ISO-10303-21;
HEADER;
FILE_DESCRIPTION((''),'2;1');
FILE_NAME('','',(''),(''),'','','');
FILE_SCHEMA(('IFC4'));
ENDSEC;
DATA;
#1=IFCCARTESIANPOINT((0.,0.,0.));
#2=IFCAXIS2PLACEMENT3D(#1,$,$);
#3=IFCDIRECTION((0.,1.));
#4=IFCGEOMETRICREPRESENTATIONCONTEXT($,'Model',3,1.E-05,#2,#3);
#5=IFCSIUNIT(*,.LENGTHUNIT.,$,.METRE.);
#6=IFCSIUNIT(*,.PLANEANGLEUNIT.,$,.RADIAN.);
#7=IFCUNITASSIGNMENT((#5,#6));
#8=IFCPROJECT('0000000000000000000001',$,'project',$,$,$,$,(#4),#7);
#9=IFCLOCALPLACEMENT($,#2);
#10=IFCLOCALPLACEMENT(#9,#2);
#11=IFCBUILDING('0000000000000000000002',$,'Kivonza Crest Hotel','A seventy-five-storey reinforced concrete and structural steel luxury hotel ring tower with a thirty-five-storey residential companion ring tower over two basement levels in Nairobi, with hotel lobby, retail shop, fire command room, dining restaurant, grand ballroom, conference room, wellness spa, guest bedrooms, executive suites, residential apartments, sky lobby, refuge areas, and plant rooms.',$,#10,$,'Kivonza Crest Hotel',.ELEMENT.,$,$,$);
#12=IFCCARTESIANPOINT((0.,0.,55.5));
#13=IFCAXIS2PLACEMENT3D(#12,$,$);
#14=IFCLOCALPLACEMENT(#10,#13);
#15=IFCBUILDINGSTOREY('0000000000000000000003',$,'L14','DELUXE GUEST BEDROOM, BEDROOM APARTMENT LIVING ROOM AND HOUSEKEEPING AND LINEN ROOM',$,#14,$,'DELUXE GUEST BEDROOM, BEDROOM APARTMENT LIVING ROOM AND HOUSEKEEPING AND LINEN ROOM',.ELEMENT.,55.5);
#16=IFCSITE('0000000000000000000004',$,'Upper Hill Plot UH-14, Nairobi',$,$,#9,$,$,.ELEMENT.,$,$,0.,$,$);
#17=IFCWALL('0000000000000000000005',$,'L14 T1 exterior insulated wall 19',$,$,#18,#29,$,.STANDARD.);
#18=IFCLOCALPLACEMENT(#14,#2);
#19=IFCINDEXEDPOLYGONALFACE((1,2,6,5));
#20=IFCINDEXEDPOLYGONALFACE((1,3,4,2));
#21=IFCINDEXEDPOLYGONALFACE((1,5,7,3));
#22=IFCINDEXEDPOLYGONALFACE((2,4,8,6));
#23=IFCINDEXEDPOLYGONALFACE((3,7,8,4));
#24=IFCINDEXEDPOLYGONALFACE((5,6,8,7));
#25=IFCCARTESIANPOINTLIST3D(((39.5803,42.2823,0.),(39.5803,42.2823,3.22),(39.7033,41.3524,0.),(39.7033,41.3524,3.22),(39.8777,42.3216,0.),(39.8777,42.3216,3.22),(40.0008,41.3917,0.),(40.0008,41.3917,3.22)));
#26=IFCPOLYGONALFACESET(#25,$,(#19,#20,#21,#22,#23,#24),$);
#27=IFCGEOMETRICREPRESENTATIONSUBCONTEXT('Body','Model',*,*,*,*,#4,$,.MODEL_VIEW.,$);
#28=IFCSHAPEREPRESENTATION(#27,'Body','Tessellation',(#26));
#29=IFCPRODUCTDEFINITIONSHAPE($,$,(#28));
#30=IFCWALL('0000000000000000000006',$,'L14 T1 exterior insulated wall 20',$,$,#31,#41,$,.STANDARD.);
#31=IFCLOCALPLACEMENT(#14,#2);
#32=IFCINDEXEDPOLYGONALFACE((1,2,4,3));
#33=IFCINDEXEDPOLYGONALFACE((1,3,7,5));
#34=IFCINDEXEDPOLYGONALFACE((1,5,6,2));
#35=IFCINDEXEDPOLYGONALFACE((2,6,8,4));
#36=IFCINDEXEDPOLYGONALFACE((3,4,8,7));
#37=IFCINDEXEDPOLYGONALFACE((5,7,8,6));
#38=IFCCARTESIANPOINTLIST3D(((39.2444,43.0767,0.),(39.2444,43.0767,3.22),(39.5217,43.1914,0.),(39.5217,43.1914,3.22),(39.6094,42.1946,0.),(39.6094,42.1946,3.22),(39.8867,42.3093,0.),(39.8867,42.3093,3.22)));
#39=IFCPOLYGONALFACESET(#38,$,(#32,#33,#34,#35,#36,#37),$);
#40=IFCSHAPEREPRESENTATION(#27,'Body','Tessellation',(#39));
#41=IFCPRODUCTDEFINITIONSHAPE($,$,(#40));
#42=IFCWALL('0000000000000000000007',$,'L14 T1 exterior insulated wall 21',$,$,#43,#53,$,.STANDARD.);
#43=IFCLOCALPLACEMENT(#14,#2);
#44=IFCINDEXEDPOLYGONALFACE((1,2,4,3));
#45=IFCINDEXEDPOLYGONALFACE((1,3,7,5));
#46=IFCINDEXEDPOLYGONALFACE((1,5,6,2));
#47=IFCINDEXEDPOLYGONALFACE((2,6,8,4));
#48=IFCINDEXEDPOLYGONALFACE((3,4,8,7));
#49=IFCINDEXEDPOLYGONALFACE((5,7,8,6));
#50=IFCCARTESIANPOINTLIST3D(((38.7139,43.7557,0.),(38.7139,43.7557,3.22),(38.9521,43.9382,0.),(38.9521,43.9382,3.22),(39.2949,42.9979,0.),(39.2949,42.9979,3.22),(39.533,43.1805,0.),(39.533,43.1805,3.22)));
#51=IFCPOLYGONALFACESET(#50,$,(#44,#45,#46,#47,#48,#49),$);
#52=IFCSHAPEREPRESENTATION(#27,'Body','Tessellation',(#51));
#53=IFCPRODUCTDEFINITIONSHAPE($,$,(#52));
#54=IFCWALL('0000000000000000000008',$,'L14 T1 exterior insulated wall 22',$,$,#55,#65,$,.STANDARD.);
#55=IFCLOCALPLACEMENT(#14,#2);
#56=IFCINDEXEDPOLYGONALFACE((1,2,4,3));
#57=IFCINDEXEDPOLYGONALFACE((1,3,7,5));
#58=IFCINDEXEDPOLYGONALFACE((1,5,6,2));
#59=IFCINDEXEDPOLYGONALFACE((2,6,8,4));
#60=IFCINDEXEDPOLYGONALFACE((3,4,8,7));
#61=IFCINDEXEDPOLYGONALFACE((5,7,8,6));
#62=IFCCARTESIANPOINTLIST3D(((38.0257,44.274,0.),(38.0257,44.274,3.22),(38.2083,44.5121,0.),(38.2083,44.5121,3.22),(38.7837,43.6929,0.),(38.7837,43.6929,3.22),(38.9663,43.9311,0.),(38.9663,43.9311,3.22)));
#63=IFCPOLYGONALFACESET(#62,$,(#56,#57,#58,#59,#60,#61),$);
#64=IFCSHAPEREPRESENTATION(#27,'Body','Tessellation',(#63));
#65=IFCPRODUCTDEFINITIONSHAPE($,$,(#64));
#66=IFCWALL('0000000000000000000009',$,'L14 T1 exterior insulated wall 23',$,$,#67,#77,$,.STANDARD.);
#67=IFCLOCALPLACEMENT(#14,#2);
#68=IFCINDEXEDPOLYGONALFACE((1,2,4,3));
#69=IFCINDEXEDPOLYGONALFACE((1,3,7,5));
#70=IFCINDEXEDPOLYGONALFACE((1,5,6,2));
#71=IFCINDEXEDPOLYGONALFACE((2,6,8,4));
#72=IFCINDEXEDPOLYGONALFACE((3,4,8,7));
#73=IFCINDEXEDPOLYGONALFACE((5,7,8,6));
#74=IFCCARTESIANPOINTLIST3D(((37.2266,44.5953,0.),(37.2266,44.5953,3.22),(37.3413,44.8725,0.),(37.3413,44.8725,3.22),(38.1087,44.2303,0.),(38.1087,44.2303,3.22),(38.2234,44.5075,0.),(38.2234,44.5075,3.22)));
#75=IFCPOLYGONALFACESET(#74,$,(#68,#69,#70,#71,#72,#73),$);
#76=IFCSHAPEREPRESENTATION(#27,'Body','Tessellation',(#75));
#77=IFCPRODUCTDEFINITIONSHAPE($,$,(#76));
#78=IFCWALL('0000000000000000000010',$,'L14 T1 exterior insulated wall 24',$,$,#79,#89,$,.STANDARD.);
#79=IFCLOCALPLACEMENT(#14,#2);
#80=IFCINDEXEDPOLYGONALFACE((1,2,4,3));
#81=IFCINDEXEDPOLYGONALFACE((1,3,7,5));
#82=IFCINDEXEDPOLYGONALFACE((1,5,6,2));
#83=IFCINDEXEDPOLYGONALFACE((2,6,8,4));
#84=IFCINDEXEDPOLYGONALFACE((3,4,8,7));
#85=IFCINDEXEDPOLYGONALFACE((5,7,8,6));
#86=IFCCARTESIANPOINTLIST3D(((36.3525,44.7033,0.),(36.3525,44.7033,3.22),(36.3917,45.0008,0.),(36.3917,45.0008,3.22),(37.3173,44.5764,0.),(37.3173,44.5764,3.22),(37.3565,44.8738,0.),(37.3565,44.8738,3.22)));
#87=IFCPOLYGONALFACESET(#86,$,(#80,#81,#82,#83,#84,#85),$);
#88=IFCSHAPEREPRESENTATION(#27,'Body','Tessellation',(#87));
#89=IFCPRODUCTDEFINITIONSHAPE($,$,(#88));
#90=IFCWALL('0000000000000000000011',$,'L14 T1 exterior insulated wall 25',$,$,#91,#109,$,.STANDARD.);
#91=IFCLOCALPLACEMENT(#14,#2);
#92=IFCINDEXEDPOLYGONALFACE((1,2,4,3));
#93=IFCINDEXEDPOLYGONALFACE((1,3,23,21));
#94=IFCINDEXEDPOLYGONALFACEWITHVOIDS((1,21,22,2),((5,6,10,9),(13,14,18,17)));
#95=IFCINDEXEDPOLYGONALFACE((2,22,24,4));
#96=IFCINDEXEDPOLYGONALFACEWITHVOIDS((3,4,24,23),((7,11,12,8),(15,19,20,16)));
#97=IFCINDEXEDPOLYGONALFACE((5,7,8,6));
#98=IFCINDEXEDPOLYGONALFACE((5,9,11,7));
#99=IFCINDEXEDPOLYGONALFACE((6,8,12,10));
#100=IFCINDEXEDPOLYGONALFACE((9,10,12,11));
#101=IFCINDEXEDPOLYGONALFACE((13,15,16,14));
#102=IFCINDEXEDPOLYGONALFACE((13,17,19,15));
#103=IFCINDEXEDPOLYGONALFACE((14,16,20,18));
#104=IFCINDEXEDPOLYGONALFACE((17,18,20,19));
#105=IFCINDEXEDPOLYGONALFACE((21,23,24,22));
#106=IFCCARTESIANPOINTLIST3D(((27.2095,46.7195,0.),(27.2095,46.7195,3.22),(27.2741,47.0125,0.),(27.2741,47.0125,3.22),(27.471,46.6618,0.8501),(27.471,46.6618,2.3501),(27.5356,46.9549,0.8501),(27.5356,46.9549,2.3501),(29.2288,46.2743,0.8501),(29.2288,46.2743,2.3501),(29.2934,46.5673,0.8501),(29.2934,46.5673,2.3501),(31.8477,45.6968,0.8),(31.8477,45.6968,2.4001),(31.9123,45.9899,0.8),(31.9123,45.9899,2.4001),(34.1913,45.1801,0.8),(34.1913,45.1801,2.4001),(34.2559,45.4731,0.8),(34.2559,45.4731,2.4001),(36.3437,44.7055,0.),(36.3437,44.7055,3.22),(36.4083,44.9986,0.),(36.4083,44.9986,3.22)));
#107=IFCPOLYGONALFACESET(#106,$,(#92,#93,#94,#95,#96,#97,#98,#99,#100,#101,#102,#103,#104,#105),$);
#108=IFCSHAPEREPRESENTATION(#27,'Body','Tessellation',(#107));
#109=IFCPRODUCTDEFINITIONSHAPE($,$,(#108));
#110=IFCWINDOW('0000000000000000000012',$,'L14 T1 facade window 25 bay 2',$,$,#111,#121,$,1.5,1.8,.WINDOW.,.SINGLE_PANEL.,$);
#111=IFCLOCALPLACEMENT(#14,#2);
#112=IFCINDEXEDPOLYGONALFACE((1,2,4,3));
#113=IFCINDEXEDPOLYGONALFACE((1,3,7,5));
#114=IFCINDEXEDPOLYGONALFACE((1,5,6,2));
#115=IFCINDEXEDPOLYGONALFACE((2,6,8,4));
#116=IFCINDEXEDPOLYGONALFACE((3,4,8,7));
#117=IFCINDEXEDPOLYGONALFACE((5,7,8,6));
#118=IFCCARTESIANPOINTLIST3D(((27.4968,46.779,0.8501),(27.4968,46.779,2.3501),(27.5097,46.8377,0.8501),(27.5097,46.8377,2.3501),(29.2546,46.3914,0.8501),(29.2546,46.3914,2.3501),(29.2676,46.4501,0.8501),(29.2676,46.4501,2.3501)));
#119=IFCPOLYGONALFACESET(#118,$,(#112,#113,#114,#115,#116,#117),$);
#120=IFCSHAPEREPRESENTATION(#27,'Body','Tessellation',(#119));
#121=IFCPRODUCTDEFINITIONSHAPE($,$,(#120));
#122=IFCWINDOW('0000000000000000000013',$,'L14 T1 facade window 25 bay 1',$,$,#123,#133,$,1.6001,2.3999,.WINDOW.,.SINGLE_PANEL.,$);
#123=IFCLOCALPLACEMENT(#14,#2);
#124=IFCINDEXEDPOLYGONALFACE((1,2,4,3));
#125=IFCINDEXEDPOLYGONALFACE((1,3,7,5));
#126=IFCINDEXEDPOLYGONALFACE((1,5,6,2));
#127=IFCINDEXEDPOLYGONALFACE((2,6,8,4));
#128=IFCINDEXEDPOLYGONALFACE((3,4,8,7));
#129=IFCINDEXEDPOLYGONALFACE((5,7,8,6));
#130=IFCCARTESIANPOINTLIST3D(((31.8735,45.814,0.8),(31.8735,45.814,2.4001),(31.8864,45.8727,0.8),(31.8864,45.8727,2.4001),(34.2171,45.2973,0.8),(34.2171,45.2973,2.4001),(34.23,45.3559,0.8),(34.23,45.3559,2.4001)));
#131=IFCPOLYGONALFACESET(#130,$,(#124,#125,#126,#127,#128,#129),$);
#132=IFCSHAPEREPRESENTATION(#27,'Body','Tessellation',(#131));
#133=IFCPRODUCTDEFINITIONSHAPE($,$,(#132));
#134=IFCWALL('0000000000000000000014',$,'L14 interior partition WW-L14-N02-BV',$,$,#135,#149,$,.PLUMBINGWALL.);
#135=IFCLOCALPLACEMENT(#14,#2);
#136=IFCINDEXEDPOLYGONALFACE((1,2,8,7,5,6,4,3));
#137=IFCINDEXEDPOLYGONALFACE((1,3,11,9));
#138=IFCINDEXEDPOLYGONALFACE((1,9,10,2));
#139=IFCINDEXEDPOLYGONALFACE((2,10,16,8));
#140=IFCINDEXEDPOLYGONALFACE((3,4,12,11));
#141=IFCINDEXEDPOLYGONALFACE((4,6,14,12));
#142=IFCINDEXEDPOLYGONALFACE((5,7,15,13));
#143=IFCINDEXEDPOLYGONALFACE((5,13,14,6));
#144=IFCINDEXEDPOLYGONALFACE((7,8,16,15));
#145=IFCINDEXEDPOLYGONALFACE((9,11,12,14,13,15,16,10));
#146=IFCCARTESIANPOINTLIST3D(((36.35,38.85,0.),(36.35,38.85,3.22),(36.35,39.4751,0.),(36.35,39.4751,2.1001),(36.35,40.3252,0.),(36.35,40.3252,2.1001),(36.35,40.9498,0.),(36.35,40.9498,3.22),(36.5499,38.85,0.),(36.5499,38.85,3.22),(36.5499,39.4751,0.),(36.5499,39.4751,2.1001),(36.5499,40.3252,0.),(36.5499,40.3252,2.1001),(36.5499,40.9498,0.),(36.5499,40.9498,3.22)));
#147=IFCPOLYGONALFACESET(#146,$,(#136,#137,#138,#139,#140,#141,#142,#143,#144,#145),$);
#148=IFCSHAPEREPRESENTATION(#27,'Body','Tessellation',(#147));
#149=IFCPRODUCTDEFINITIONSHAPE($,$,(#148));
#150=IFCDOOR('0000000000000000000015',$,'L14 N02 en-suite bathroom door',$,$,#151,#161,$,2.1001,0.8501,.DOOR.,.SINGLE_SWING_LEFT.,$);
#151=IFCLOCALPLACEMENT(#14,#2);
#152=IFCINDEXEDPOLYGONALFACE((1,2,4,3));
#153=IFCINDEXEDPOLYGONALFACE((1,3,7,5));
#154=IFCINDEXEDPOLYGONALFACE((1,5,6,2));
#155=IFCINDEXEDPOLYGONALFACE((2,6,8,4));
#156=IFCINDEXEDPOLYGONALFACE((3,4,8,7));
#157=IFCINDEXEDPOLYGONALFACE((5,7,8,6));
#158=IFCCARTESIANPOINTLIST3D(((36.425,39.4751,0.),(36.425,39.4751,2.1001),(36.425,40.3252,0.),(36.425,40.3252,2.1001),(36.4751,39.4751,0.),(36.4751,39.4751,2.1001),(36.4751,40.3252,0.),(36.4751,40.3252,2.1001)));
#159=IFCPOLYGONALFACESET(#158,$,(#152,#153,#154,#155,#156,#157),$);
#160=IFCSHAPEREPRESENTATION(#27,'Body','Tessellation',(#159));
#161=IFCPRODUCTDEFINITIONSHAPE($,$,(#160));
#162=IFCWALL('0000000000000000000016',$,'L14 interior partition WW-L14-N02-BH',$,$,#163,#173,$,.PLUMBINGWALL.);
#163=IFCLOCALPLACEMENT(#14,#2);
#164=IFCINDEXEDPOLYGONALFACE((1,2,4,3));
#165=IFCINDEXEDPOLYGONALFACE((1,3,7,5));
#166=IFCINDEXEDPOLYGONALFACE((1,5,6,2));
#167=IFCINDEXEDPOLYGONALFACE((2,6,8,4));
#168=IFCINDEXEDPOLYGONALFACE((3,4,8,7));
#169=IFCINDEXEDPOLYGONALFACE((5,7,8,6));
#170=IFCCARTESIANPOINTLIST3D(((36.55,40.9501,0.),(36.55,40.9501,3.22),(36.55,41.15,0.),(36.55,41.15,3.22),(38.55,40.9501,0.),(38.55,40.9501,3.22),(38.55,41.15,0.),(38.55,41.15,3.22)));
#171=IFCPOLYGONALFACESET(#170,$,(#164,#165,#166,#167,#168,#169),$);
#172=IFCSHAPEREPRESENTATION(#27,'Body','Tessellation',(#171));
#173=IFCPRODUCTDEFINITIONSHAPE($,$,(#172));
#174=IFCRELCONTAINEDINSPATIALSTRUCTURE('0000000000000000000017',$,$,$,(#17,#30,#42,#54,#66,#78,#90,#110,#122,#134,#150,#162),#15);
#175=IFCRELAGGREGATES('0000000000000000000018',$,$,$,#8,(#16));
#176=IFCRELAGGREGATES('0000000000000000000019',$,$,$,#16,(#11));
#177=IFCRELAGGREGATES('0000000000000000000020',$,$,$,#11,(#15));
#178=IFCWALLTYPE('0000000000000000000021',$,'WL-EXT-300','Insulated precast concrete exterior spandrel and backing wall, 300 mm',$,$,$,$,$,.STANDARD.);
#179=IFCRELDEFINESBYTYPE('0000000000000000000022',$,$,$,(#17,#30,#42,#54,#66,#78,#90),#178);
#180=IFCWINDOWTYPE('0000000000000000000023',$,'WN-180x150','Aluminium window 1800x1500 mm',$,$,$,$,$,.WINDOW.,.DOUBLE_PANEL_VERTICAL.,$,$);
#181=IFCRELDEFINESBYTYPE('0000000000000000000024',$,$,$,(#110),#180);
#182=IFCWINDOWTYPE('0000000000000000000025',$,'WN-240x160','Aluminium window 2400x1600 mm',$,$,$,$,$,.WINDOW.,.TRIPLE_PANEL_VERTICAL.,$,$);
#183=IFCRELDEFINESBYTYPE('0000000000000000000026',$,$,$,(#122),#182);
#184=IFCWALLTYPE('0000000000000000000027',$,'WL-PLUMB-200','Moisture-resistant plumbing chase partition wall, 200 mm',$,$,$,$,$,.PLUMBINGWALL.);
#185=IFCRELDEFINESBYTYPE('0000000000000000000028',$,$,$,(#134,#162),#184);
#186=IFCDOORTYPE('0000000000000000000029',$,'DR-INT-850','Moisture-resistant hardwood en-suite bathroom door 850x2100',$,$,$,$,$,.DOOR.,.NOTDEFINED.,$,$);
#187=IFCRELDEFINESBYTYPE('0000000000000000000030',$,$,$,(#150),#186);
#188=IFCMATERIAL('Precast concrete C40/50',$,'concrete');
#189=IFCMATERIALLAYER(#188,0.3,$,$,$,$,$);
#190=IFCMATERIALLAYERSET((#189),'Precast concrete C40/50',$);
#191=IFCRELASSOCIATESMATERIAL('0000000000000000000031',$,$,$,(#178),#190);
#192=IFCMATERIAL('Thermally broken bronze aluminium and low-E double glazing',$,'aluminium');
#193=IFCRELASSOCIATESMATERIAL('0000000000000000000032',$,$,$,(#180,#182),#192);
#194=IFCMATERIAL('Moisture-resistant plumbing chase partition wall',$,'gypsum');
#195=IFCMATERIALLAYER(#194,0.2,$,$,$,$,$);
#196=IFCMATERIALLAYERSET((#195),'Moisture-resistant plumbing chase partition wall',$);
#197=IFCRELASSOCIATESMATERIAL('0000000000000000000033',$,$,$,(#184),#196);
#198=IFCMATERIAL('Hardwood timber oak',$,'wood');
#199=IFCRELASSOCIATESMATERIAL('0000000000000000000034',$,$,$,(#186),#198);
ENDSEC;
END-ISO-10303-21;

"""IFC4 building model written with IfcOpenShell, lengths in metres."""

from ifc_helpers import new_model, si_unit, direction, frame, frame_2d, origin, place, context, subcontext, project, spatial, rectangle, extrude, material, layer, layer_set, type_object, element, fill, save


model = new_model("IFC4")

# Units and contexts
model_context = context("Model", 3, precision=1e-05, world=origin(), true_north=direction((0.0, 1.0)))
body_context = subcontext(model_context, "Body", "Model", "MODEL_VIEW")
ifc_project = project(units=[si_unit("LENGTHUNIT", "METRE"), si_unit("PLANEANGLEUNIT", "RADIAN")], contexts=[model_context])

# Site, building, storey
site_placement = place(None, origin())
site = spatial("IfcSite", under=ifc_project, at=site_placement, Name="Upper Hill Plot UH-14, Nairobi", CompositionType="ELEMENT", RefElevation=0.0)
building_placement = place(site_placement, origin())
building = spatial("IfcBuilding", under=site, at=building_placement, Name="Kivonza Crest Hotel", Description="A seventy-five-storey reinforced concrete and structural steel luxury hotel ring tower with a thirty-five-storey residential companion ring tower over two basement levels in Nairobi, with hotel lobby, retail shop, fire command room, dining restaurant, grand ballroom, conference room, wellness spa, guest bedrooms, executive suites, residential apartments, sky lobby, refuge areas, and plant rooms.", LongName="Kivonza Crest Hotel", CompositionType="ELEMENT")
storey_placement = place(building_placement, frame((0.0, 0.0, 55.5)))
storey = spatial("IfcBuildingStorey", under=building, at=storey_placement, Name="L14", Description="DELUXE GUEST BEDROOM, BEDROOM APARTMENT LIVING ROOM AND HOUSEKEEPING AND LINEN ROOM", LongName="DELUXE GUEST BEDROOM, BEDROOM APARTMENT LIVING ROOM AND HOUSEKEEPING AND LINEN ROOM", CompositionType="ELEMENT", Elevation=55.5)

# Shared definitions
ifc_material_1 = material(Name="Hardwood timber oak", Category="wood")

# Walls
ifc_material_2 = material(Name="Precast concrete C40/50", Category="concrete")
ifc_layer_1 = layer(ifc_material_2, 0.3)
ifc_layer_set_1 = layer_set([ifc_layer_1], Name="Precast concrete C40/50")
wall_type_1 = type_object("IfcWallType", Name="WL-EXT-300", Description="Insulated precast concrete exterior spandrel and backing wall, 300 mm", PredefinedType="STANDARD", material=ifc_layer_set_1)
wall_1_placement = place(storey_placement, frame((39.8521, 41.3721, 0.0), z_axis=(0.0, 0.0, 1.0), x_axis=(-0.131175, 0.991359, 0.0)))
element("IfcWall", 1, at=wall_1_placement, inside=storey, type_object=wall_type_1, Name="L14 T1 exterior insulated wall 19", PredefinedType="STANDARD", context=body_context, shape_type="SweptSolid", body=[
    extrude(rectangle(XDim=0.938, YDim=0.3, at=frame_2d((0.469, 0.0))), origin(), (0.0, 0.0, 1.0), 3.22),
])
wall_2_placement = place(storey_placement, frame((39.748, 42.252, 0.0), z_axis=(0.0, 0.0, 1.0), x_axis=(-0.382344, 0.92402, 0.0)))
element("IfcWall", 2, at=wall_2_placement, inside=storey, type_object=wall_type_1, Name="L14 T1 exterior insulated wall 20", PredefinedType="STANDARD", context=body_context, shape_type="SweptSolid", body=[
    extrude(rectangle(XDim=0.9546, YDim=0.3, at=frame_2d((0.4773, 0.0))), origin(), (0.0, 0.0, 1.0), 3.22),
])
wall_3_placement = place(storey_placement, frame((39.4141, 43.0891, 0.0), z_axis=(0.0, 0.0, 1.0), x_axis=(-0.608474, 0.793573, 0.0)))
element("IfcWall", 3, at=wall_3_placement, inside=storey, type_object=wall_type_1, Name="L14 T1 exterior insulated wall 21", PredefinedType="STANDARD", context=body_context, shape_type="SweptSolid", body=[
    extrude(rectangle(XDim=0.9548, YDim=0.3, at=frame_2d((0.4775, 0.0))), origin(), (0.0, 0.0, 1.0), 3.22),
])
wall_4_placement = place(storey_placement, frame((38.875, 43.812, 0.0), z_axis=(0.0, 0.0, 1.0), x_axis=(-0.793668, 0.608351, 0.0)))
element("IfcWall", 4, at=wall_4_placement, inside=storey, type_object=wall_type_1, Name="L14 T1 exterior insulated wall 22", PredefinedType="STANDARD", context=body_context, shape_type="SweptSolid", body=[
    extrude(rectangle(XDim=0.9551, YDim=0.3, at=frame_2d((0.4775, 0.0))), origin(), (0.0, 0.0, 1.0), 3.22),
])
wall_5_placement = place(storey_placement, frame((38.166, 44.3689, 0.0), z_axis=(0.0, 0.0, 1.0), x_axis=(-0.92402, 0.382344, 0.0)))
element("IfcWall", 5, at=wall_5_placement, inside=storey, type_object=wall_type_1, Name="L14 T1 exterior insulated wall 23", PredefinedType="STANDARD", context=body_context, shape_type="SweptSolid", body=[
    extrude(rectangle(XDim=0.9546, YDim=0.3, at=frame_2d((0.4773, 0.0))), origin(), (0.0, 0.0, 1.0), 3.22),
])
wall_6_placement = place(storey_placement, frame((37.3369, 44.7251, 0.0), z_axis=(0.0, 0.0, 1.0), x_axis=(-0.991454, 0.130455, 0.0)))
element("IfcWall", 6, at=wall_6_placement, inside=storey, type_object=wall_type_1, Name="L14 T1 exterior insulated wall 24", PredefinedType="STANDARD", context=body_context, shape_type="SweptSolid", body=[
    extrude(rectangle(XDim=0.9731, YDim=0.3, at=frame_2d((0.4866, 0.0))), origin(), (0.0, 0.0, 1.0), 3.22),
])

# Wall, openings, windows
wall_7_placement = place(storey_placement, frame((36.376, 44.8521, 0.0), z_axis=(0.0, 0.0, 1.0), x_axis=(-0.976545, 0.215313, 0.0)))
wall_7 = element("IfcWall", 7, at=wall_7_placement, inside=storey, type_object=wall_type_1, Name="L14 T1 exterior insulated wall 25", PredefinedType="STANDARD", context=body_context, shape_type="SweptSolid", body=[
    extrude(rectangle(XDim=9.3535, YDim=0.3, at=frame_2d((4.6768, 0.0))), origin(), (0.0, 0.0, 1.0), 3.22),
])
opening_1_placement = place(wall_7_placement, frame((2.2041, 0.0, 0.8)))
opening_1 = element("IfcOpeningElement", 8, at=opening_1_placement, cuts=wall_7, PredefinedType="OPENING", context=body_context, shape_type="SweptSolid", body=[
    extrude(rectangle(XDim=2.3999, YDim=1.6001, at=frame_2d((1.2, 0.8))), frame((0.0, 0.1602, 0.0), z_axis=(0.0, -1.0, 0.0), x_axis=(1.0, 0.0, 0.0)), (0.0, 0.0, 1.0), 0.3201),
])
opening_2_placement = place(wall_7_placement, frame((7.2859, 0.0, 0.8501)))
opening_2 = element("IfcOpeningElement", 9, at=opening_2_placement, cuts=wall_7, PredefinedType="OPENING", context=body_context, shape_type="SweptSolid", body=[
    extrude(rectangle(XDim=1.8, YDim=1.5, at=frame_2d((0.8999, 0.75))), frame((0.0, 0.1602, 0.0), z_axis=(0.0, -1.0, 0.0), x_axis=(1.0, 0.0, 0.0)), (0.0, 0.0, 1.0), 0.3201),
])
ifc_material_3 = material(Name="Thermally broken bronze aluminium and low-E double glazing", Category="aluminium")
window_type_1 = type_object("IfcWindowType", Name="WN-180x150", Description="Aluminium window 1800x1500 mm", PartitioningType="DOUBLE_PANEL_VERTICAL", PredefinedType="WINDOW", material=ifc_material_3)
window_1_placement = place(opening_2_placement, origin())
window_1 = element("IfcWindow", 10, at=window_1_placement, inside=storey, type_object=window_type_1, Name="L14 T1 facade window 25 bay 2", OverallHeight=1.5, OverallWidth=1.8, PartitioningType="SINGLE_PANEL", PredefinedType="WINDOW", context=body_context, shape_type="SweptSolid", body=[
    extrude(rectangle(XDim=1.8, YDim=1.5, at=frame_2d((0.8999, 0.75))), frame((0.0, 0.03, 0.0), z_axis=(0.0, -1.0, 0.0), x_axis=(1.0, 0.0, 0.0)), (0.0, 0.0, 1.0), 0.0601),
])
fill(opening_2, window_1)
window_type_2 = type_object("IfcWindowType", Name="WN-240x160", Description="Aluminium window 2400x1600 mm", PartitioningType="TRIPLE_PANEL_VERTICAL", PredefinedType="WINDOW", material=ifc_material_3)
window_2_placement = place(opening_1_placement, origin())
window_2 = element("IfcWindow", 11, at=window_2_placement, inside=storey, type_object=window_type_2, Name="L14 T1 facade window 25 bay 1", OverallHeight=1.6001, OverallWidth=2.3999, PartitioningType="SINGLE_PANEL", PredefinedType="WINDOW", context=body_context, shape_type="SweptSolid", body=[
    extrude(rectangle(XDim=2.3999, YDim=1.6001, at=frame_2d((1.2, 0.8))), frame((0.0, 0.03, 0.0), z_axis=(0.0, -1.0, 0.0), x_axis=(1.0, 0.0, 0.0)), (0.0, 0.0, 1.0), 0.0601),
])
fill(opening_1, window_2)

# Wall, opening, door
ifc_material_4 = material(Name="Moisture-resistant plumbing chase partition wall", Category="gypsum")
ifc_layer_2 = layer(ifc_material_4, 0.2)
ifc_layer_set_2 = layer_set([ifc_layer_2], Name="Moisture-resistant plumbing chase partition wall")
wall_type_2 = type_object("IfcWallType", Name="WL-PLUMB-200", Description="Moisture-resistant plumbing chase partition wall, 200 mm", PredefinedType="PLUMBINGWALL", material=ifc_layer_set_2)
wall_8_placement = place(storey_placement, frame((36.45, 38.8501, 0.0), z_axis=(0.0, 0.0, 1.0), x_axis=(0.0, 1.0, 0.0)))
wall_8 = element("IfcWall", 12, at=wall_8_placement, inside=storey, type_object=wall_type_2, Name="L14 interior partition WW-L14-N02-BV", PredefinedType="PLUMBINGWALL", context=body_context, shape_type="SweptSolid", body=[
    extrude(rectangle(XDim=2.0999, YDim=0.2, at=frame_2d((1.0498, 0.0))), origin(), (0.0, 0.0, 1.0), 3.22),
])
opening_3_placement = place(wall_8_placement, frame((0.625, 0.0, 0.0)))
opening_3 = element("IfcOpeningElement", 13, at=opening_3_placement, cuts=wall_8, PredefinedType="OPENING", context=body_context, shape_type="SweptSolid", body=[
    extrude(rectangle(XDim=0.8501, YDim=2.1001, at=frame_2d((0.425, 1.05))), frame((0.0, 0.1099, 0.0), z_axis=(0.0, -1.0, 0.0), x_axis=(1.0, 0.0, 0.0)), (0.0, 0.0, 1.0), 0.22),
])
door_type_1 = type_object("IfcDoorType", Name="DR-INT-850", Description="Moisture-resistant hardwood en-suite bathroom door 850x2100", OperationType="NOTDEFINED", PredefinedType="DOOR", material=ifc_material_1)
door_1_placement = place(opening_3_placement, origin())
door_1 = element("IfcDoor", 14, at=door_1_placement, inside=storey, type_object=door_type_1, Name="L14 N02 en-suite bathroom door", OperationType="SINGLE_SWING_LEFT", OverallHeight=2.1001, OverallWidth=0.8501, PredefinedType="DOOR", context=body_context, shape_type="SweptSolid", body=[
    extrude(rectangle(XDim=0.8501, YDim=2.1001, at=frame_2d((0.425, 1.05))), frame((0.0, 0.0249, 0.0), z_axis=(0.0, -1.0, 0.0), x_axis=(1.0, 0.0, 0.0)), (0.0, 0.0, 1.0), 0.05),
])
fill(opening_3, door_1)

# Wall
wall_9_placement = place(storey_placement, frame((36.55, 41.05, 0.0), z_axis=(0.0, 0.0, 1.0), x_axis=(1.0, 0.0, 0.0)))
element("IfcWall", 15, at=wall_9_placement, inside=storey, type_object=wall_type_2, Name="L14 interior partition WW-L14-N02-BH", PredefinedType="PLUMBINGWALL", context=body_context, shape_type="SweptSolid", body=[
    extrude(rectangle(XDim=2.0, YDim=0.2, at=frame_2d((1.0, 0.0))), origin(), (0.0, 0.0, 1.0), 3.22),
])

save(model, "model.ifc")
